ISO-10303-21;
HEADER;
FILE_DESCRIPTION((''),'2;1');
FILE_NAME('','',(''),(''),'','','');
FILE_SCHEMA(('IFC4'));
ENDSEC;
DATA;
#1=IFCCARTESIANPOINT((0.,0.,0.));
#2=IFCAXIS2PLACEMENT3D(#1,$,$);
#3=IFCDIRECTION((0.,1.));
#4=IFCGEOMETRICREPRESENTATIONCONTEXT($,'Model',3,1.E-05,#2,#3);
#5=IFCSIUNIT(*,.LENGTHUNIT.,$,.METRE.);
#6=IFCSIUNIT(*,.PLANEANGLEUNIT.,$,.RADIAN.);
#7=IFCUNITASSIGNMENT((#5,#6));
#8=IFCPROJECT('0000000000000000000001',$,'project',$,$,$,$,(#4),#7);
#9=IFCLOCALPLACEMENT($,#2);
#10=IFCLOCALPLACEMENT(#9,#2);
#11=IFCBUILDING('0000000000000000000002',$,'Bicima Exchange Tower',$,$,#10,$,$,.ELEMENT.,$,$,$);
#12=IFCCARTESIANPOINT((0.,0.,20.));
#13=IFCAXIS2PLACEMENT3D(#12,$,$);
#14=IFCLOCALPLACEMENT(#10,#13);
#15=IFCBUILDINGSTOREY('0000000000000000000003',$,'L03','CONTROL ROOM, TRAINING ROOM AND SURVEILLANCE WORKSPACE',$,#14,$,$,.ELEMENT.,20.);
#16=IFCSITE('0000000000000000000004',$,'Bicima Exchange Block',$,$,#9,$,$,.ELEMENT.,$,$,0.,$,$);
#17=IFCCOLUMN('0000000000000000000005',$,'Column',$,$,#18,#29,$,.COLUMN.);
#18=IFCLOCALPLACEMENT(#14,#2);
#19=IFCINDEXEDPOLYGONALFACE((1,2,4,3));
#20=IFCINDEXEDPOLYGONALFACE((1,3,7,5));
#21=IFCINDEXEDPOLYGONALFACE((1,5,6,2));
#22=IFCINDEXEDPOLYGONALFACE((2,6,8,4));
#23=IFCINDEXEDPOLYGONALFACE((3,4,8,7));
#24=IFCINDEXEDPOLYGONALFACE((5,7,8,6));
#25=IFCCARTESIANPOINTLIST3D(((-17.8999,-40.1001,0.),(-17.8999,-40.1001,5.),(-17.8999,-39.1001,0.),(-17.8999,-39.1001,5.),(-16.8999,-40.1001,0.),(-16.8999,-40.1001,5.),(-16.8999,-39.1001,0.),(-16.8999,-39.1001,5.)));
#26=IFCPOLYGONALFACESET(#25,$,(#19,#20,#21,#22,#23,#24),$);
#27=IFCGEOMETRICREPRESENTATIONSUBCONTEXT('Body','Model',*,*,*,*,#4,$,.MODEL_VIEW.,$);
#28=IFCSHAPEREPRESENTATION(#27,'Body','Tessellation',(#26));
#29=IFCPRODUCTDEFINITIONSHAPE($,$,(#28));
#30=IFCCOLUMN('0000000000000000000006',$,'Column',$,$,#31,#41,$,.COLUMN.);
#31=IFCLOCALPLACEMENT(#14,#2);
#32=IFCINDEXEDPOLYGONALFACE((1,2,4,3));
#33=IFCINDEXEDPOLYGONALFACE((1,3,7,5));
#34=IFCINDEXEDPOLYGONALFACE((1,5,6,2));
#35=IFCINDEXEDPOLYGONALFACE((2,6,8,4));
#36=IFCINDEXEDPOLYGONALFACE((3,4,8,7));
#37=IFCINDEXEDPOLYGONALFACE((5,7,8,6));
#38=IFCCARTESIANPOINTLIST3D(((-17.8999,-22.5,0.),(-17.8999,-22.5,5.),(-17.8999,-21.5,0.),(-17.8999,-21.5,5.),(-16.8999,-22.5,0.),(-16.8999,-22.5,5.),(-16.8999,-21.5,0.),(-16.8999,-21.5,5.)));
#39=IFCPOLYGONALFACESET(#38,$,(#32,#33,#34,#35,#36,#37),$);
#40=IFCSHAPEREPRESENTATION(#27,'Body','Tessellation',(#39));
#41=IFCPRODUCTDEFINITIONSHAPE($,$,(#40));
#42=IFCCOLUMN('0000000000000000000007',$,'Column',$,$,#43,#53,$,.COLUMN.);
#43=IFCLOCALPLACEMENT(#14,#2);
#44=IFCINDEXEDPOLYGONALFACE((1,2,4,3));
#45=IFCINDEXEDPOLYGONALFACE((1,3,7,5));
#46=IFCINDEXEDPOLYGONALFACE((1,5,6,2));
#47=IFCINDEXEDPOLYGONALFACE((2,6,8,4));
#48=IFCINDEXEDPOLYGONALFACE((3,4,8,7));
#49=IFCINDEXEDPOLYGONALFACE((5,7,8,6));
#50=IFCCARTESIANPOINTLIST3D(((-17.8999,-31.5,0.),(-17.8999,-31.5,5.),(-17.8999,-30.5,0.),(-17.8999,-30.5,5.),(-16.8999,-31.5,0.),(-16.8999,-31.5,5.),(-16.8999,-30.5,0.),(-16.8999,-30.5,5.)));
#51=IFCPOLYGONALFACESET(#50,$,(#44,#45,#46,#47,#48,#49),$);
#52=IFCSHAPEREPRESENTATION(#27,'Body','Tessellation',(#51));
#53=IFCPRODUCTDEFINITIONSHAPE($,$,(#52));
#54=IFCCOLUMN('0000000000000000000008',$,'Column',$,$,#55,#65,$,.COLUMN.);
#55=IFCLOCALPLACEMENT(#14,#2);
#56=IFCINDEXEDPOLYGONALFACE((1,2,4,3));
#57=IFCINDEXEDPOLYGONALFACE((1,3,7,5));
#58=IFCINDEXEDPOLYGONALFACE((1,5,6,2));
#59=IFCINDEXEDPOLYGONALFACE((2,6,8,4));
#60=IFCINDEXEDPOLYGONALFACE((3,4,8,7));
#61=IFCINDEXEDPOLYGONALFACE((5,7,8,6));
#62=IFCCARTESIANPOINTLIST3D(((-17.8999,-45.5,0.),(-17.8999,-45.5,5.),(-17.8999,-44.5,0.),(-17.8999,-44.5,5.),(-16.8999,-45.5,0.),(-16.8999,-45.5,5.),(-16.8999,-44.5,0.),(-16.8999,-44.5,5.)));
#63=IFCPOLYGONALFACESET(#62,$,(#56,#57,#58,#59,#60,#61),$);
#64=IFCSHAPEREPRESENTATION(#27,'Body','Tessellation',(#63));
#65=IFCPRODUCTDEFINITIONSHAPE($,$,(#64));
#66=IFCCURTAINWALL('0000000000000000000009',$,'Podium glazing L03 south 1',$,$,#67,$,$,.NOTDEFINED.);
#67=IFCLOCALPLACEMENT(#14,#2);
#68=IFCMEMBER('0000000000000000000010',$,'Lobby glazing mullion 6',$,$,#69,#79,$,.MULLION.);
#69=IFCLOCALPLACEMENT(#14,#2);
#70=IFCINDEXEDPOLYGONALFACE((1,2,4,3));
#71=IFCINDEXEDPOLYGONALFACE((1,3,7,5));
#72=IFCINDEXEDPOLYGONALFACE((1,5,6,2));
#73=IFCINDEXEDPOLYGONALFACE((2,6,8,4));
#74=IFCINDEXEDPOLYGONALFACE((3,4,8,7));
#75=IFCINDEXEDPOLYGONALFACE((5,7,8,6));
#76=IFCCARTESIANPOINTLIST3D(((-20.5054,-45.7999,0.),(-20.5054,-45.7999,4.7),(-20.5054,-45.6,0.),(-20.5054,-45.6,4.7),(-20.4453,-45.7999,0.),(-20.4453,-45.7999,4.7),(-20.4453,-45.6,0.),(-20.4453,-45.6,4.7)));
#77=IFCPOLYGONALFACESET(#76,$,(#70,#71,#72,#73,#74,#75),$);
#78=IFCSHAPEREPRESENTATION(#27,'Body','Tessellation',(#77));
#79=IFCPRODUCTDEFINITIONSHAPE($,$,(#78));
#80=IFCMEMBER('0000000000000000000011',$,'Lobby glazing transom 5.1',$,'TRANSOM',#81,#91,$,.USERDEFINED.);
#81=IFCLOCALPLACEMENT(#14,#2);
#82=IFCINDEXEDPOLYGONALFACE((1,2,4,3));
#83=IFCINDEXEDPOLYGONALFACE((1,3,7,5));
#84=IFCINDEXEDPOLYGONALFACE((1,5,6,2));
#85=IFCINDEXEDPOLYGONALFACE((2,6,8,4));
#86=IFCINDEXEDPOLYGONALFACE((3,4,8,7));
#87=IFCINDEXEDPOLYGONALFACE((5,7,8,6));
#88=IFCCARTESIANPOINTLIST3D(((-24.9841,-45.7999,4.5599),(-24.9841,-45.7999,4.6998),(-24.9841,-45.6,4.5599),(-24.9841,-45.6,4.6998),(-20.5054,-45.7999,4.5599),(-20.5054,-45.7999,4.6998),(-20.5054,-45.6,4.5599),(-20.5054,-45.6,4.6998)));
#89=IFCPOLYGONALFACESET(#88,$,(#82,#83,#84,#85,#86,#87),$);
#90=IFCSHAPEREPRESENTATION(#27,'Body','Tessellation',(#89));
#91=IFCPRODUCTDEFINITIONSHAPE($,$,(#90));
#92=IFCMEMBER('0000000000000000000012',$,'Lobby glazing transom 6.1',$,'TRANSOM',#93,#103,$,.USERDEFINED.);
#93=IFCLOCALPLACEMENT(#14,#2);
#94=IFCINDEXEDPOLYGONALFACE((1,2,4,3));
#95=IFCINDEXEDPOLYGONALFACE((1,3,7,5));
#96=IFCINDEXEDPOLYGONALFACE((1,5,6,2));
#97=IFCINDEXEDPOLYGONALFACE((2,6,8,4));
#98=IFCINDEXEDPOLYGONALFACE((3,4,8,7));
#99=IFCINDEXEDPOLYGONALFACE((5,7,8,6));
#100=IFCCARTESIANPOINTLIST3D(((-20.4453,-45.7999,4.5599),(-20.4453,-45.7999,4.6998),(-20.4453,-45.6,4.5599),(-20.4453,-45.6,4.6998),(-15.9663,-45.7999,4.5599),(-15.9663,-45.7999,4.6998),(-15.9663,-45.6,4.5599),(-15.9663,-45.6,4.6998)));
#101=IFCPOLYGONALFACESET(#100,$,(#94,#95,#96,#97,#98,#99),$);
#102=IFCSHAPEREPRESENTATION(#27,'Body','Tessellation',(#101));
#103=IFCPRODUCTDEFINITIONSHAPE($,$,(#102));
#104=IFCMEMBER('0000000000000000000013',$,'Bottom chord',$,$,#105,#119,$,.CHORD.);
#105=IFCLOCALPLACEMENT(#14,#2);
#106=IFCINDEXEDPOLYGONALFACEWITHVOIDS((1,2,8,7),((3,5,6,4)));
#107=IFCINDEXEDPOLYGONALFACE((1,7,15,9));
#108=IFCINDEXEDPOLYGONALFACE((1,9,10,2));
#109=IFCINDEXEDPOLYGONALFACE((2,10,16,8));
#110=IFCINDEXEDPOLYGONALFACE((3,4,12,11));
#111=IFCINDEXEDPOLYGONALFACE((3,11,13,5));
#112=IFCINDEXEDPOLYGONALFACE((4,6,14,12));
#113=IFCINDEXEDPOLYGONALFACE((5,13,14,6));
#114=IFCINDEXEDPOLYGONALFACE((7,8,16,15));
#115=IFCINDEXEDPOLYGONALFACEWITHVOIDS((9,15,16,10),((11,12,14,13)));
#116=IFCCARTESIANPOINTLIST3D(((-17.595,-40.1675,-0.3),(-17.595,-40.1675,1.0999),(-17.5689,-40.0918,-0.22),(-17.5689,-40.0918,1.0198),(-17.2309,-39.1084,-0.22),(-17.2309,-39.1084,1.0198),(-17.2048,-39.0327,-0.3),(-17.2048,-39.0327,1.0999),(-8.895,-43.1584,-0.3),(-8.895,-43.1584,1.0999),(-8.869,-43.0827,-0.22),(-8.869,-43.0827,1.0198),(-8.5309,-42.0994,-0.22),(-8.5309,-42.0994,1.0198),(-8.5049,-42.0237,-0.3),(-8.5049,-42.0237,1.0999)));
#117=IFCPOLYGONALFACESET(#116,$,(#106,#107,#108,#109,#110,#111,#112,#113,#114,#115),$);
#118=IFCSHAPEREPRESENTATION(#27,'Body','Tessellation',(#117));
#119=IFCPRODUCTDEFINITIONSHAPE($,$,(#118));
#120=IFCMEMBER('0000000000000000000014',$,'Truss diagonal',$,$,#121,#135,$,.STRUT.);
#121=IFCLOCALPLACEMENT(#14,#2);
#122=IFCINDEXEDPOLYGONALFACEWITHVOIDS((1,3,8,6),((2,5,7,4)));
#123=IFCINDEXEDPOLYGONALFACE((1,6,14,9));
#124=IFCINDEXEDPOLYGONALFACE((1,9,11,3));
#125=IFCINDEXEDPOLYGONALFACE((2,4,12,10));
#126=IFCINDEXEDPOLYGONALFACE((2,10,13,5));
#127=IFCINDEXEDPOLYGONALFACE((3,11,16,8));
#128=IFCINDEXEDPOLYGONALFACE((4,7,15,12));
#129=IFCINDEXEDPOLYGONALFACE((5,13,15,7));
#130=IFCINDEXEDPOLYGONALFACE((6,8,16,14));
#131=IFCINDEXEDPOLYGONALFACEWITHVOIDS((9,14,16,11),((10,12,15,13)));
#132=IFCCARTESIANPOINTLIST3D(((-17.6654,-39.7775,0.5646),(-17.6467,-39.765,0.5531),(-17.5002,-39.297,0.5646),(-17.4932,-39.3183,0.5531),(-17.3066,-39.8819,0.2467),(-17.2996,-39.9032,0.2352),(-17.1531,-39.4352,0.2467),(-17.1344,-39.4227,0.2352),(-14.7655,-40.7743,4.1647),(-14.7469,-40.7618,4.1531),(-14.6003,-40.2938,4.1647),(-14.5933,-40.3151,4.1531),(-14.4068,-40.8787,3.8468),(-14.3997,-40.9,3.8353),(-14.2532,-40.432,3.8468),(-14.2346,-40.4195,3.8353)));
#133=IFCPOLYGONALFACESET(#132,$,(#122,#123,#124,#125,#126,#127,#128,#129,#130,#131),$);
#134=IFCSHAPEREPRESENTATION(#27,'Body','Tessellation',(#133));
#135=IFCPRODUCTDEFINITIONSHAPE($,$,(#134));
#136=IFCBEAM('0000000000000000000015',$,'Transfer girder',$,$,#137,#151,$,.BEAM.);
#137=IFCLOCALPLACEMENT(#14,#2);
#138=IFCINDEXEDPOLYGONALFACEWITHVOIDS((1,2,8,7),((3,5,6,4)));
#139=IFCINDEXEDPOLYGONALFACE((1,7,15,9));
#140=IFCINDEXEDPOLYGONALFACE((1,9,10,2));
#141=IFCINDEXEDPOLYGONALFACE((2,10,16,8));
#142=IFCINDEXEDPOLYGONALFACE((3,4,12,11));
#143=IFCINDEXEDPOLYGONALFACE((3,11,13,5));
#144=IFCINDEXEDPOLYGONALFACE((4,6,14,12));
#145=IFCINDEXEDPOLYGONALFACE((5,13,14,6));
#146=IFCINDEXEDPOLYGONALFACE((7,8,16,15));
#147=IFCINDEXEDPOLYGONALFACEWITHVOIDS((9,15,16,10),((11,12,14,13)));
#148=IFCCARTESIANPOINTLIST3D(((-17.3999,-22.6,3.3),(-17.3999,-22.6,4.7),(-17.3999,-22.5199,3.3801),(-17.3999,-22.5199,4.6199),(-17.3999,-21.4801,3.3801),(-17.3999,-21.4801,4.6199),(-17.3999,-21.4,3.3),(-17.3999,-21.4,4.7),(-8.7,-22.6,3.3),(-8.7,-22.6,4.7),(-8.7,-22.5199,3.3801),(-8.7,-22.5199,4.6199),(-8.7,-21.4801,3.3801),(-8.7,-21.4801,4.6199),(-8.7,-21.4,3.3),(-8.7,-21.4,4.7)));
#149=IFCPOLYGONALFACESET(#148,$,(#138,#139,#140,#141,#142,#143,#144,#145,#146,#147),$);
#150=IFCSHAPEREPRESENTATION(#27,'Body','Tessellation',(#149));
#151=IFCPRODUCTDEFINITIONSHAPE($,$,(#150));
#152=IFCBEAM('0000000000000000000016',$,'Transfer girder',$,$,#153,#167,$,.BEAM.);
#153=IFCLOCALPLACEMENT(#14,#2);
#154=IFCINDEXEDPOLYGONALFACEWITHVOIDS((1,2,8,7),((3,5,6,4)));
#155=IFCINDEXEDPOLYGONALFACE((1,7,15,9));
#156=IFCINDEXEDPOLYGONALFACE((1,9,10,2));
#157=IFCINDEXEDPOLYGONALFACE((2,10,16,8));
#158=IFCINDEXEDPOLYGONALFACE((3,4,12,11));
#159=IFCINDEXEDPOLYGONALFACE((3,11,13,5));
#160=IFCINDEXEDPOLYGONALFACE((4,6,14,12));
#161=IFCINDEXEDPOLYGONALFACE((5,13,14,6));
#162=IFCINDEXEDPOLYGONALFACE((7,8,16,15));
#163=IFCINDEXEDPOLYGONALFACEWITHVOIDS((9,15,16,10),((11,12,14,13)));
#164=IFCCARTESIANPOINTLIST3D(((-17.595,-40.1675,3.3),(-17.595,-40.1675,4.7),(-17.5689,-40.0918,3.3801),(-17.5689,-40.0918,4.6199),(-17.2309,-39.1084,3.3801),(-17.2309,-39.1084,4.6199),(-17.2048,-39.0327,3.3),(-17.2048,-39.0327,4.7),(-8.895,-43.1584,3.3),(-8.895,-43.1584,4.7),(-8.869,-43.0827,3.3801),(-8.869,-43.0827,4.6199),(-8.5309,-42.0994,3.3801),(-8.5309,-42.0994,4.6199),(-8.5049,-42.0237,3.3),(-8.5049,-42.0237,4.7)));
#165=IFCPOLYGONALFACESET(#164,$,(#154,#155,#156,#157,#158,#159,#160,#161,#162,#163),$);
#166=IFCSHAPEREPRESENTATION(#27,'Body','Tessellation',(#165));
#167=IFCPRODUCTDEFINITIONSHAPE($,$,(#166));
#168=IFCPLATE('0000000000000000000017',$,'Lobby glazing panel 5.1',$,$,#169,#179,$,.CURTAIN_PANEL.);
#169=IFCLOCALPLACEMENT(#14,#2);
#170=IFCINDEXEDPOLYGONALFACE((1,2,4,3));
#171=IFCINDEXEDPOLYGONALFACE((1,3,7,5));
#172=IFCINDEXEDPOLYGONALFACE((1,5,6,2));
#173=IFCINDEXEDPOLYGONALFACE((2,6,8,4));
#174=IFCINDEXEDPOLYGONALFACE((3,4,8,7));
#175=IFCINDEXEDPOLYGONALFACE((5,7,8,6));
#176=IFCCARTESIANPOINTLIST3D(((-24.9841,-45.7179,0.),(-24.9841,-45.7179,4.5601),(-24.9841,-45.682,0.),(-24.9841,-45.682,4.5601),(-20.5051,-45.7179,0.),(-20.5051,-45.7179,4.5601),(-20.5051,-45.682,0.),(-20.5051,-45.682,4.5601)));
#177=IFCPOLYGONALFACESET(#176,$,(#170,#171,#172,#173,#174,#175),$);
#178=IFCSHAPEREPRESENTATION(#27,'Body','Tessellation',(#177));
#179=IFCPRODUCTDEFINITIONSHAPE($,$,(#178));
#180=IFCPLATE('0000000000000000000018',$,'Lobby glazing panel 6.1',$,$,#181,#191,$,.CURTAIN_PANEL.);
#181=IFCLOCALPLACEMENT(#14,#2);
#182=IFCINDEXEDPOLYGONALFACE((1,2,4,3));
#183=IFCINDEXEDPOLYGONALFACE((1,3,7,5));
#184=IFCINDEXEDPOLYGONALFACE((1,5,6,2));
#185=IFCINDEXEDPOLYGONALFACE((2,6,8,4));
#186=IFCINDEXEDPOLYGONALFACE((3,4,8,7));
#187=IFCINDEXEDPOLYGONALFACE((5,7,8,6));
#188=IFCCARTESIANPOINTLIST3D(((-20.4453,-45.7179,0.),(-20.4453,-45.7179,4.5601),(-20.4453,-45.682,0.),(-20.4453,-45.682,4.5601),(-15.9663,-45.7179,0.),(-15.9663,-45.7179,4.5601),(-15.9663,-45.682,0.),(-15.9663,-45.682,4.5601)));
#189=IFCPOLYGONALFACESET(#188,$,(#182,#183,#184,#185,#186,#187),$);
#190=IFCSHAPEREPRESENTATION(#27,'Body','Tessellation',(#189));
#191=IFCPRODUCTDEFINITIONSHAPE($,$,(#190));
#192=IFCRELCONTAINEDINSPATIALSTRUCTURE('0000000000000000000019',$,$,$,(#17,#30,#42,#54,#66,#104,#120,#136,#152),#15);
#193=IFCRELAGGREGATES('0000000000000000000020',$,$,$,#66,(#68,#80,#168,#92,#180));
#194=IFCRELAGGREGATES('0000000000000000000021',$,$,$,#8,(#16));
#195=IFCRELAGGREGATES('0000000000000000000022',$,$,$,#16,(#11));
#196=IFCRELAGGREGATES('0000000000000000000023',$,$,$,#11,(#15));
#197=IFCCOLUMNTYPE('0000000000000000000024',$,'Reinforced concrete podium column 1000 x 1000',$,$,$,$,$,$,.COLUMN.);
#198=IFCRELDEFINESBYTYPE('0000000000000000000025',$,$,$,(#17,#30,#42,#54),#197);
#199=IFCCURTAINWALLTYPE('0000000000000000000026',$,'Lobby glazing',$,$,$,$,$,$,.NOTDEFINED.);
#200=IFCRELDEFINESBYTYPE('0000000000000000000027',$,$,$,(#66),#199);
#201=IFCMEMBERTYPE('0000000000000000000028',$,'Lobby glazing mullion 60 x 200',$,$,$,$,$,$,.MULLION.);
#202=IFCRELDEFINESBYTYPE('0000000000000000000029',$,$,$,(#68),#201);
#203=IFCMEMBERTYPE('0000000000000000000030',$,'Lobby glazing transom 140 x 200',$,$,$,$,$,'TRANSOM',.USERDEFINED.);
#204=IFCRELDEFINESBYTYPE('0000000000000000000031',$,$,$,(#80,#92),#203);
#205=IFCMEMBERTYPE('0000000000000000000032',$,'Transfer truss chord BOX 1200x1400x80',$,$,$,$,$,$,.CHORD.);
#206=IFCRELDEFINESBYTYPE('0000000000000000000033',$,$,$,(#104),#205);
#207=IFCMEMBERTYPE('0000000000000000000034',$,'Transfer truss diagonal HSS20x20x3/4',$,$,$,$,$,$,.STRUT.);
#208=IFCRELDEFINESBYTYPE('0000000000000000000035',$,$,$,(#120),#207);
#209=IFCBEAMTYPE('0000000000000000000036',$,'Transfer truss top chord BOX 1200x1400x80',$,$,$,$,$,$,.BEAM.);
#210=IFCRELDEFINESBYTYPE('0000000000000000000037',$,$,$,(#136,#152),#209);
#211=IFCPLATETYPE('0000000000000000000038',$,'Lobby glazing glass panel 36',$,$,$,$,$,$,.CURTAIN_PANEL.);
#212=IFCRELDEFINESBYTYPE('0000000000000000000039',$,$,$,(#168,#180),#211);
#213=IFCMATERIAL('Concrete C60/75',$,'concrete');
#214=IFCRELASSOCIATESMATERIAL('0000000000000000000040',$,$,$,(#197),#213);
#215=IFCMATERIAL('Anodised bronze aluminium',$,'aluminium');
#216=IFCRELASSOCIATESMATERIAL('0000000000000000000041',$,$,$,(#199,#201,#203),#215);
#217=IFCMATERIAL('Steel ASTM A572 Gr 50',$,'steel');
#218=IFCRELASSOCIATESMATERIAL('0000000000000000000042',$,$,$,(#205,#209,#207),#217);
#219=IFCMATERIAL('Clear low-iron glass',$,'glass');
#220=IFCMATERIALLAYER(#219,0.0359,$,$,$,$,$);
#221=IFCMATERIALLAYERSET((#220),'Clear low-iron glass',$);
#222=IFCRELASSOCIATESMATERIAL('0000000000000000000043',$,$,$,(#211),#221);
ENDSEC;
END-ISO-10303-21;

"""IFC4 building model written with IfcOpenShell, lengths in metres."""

from ifc_helpers import new_model, si_unit, direction, frame, origin, origin_2d, place, context, subcontext, project, spatial, rectangle, hollow_rectangle, extrude, material, layer, layer_set, material_profile, profile_set, type_object, element, aggregate, save


model = new_model("IFC4")

# Units and contexts
model_context = context("Model", 3, precision=1e-05, world=origin(), true_north=direction((0.0, 1.0)))
body_context = subcontext(model_context, "Body", "Model", "MODEL_VIEW")
ifc_project = project(units=[si_unit("LENGTHUNIT", "METRE"), si_unit("PLANEANGLEUNIT", "RADIAN")], contexts=[model_context])

# Site, building, storey
site_placement = place(None, origin())
site = spatial("IfcSite", under=ifc_project, at=site_placement, Name="Bicima Exchange Block", CompositionType="ELEMENT", RefElevation=0.0)
building_placement = place(site_placement, origin())
building = spatial("IfcBuilding", under=site, at=building_placement, Name="Bicima Exchange Tower", CompositionType="ELEMENT")
storey_placement = place(building_placement, frame((0.0, 0.0, 20.0)))
storey = spatial("IfcBuildingStorey", under=building, at=storey_placement, Name="L03", Description="CONTROL ROOM, TRAINING ROOM AND SURVEILLANCE WORKSPACE", CompositionType="ELEMENT", Elevation=20.0)

# Columns
ifc_material_1 = material(Name="Concrete C60/75", Category="concrete")
ifc_material_profile_1 = material_profile(ifc_material_1, rectangle(XDim=1.0, YDim=1.0, at=origin_2d()))
ifc_profile_set_1 = profile_set([ifc_material_profile_1], Name="Concrete C60/75")
column_type = type_object("IfcColumnType", Name="Reinforced concrete podium column 1000 x 1000", PredefinedType="COLUMN", material=ifc_profile_set_1)
for number, where, z_axis, x_axis, name in (
    (1, (-17.3999, -39.6001, 0.0), (0.0, 0.0, 1.0), (1.0, 0.0, 0.0), "Column"),
    (2, (-17.3999, -22.0, 0.0), (0.0, 0.0, 1.0), (1.0, 0.0, 0.0), "Column"),
    (3, (-17.3999, -31.0, 0.0), (0.0, 0.0, 1.0), (1.0, 0.0, 0.0), "Column"),
    (4, (-17.3999, -45.0, 0.0), (0.0, 0.0, 1.0), (1.0, 0.0, 0.0), "Column"),
):
    element("IfcColumn", number, at=place(storey_placement, frame(where, z_axis=z_axis, x_axis=x_axis)), inside=storey, type_object=column_type, Name=name, PredefinedType="COLUMN", context=body_context, shape_type="SweptSolid", body=[
        extrude(rectangle(XDim=1.0, YDim=1.0, at=origin_2d()), origin(), (0.0, 0.0, 1.0), 5.0),
    ])

# Curtain wall, members
ifc_material_2 = material(Name="Anodised bronze aluminium", Category="aluminium")
curtain_wall_type = type_object("IfcCurtainWallType", Name="Lobby glazing", PredefinedType="NOTDEFINED", material=ifc_material_2)
curtain_wall_placement = place(storey_placement, origin())
curtain_wall = element("IfcCurtainWall", 5, at=curtain_wall_placement, inside=storey, type_object=curtain_wall_type, Name="Podium glazing L03 south 1", PredefinedType="NOTDEFINED")
ifc_material_profile_2 = material_profile(ifc_material_2, rectangle(XDim=0.2, YDim=0.0601, at=origin_2d()))
ifc_profile_set_2 = profile_set([ifc_material_profile_2], Name="Anodised bronze aluminium")
member_type_1 = type_object("IfcMemberType", Name="Lobby glazing mullion 60 x 200", PredefinedType="MULLION", material=ifc_profile_set_2)
member_1_placement = place(storey_placement, frame((-20.4753, -45.7, 0.0), z_axis=(0.0, 0.0, 1.0), x_axis=(0.0, 1.0, 0.0)))
member_1 = element("IfcMember", 6, at=member_1_placement, type_object=member_type_1, Name="Lobby glazing mullion 6", PredefinedType="MULLION", context=body_context, shape_type="SweptSolid", body=[
    extrude(rectangle(XDim=0.2, YDim=0.0601, at=origin_2d()), origin(), (0.0, 0.0, 1.0), 4.7),
])
ifc_material_profile_3 = material_profile(ifc_material_2, rectangle(XDim=0.2, YDim=0.1399, at=origin_2d()))
ifc_profile_set_3 = profile_set([ifc_material_profile_3], Name="Anodised bronze aluminium")
member_type_2 = type_object("IfcMemberType", Name="Lobby glazing transom 140 x 200", ElementType="TRANSOM", PredefinedType="USERDEFINED", material=ifc_profile_set_3)
member_2_placement = place(storey_placement, frame((-24.9841, -45.7, 4.6299), z_axis=(1.0, 0.0, 0.0), x_axis=(0.0, 1.0, 0.0)))
member_2 = element("IfcMember", 7, at=member_2_placement, type_object=member_type_2, Name="Lobby glazing transom 5.1", ObjectType="TRANSOM", PredefinedType="USERDEFINED", context=body_context, shape_type="SweptSolid", body=[
    extrude(rectangle(XDim=0.2, YDim=0.1399, at=origin_2d()), origin(), (0.0, 0.0, 1.0), 4.4788),
])
member_3_placement = place(storey_placement, frame((-20.4453, -45.7, 4.6299), z_axis=(1.0, 0.0, 0.0), x_axis=(0.0, 1.0, 0.0)))
member_3 = element("IfcMember", 8, at=member_3_placement, type_object=member_type_2, Name="Lobby glazing transom 6.1", ObjectType="TRANSOM", PredefinedType="USERDEFINED", context=body_context, shape_type="SweptSolid", body=[
    extrude(rectangle(XDim=0.2, YDim=0.1399, at=origin_2d()), origin(), (0.0, 0.0, 1.0), 4.479),
])

# Members
ifc_material_3 = material(Name="Steel ASTM A572 Gr 50", Category="steel")
ifc_material_profile_4 = material_profile(ifc_material_3, hollow_rectangle(XDim=1.2, YDim=1.3999, WallThickness=0.0801, at=origin_2d()))
ifc_profile_set_4 = profile_set([ifc_material_profile_4], Name="Steel ASTM A572 Gr 50")
member_type_3 = type_object("IfcMemberType", Name="Transfer truss chord BOX 1200x1400x80", PredefinedType="CHORD", material=ifc_profile_set_4)
member_4_placement = place(storey_placement, frame((-17.3999, -39.6001, 0.3999), z_axis=(0.945675, -0.325115, 0.0), x_axis=(0.325115, 0.945675, 0.0)))
element("IfcMember", 9, at=member_4_placement, inside=storey, type_object=member_type_3, Name="Bottom chord", PredefinedType="CHORD", context=body_context, shape_type="SweptSolid", body=[
    extrude(hollow_rectangle(XDim=1.2, YDim=1.3999, WallThickness=0.0801, at=origin_2d()), origin(), (0.0, 0.0, 1.0), 9.1997),
])
ifc_material_profile_5 = material_profile(ifc_material_3, hollow_rectangle(XDim=0.5081, YDim=0.5081, WallThickness=0.0178, at=origin_2d()))
ifc_profile_set_5 = profile_set([ifc_material_profile_5], Name="Steel ASTM A572 Gr 50")
member_type_4 = type_object("IfcMemberType", Name="Transfer truss diagonal HSS20x20x3/4", PredefinedType="STRUT", material=ifc_profile_set_5)
member_5_placement = place(storey_placement, frame((-17.3999, -39.6001, 0.3999), z_axis=(0.613212, -0.210788, 0.761275), x_axis=(0.325075, 0.945688, 0.0)))
element("IfcMember", 10, at=member_5_placement, inside=storey, type_object=member_type_4, Name="Truss diagonal", PredefinedType="STRUT", context=body_context, shape_type="SweptSolid", body=[
    extrude(hollow_rectangle(XDim=0.5081, YDim=0.5081, WallThickness=0.0178, at=origin_2d()), origin(), (0.0, 0.0, 1.0), 4.729),
])

# Beams
beam_type = type_object("IfcBeamType", Name="Transfer truss top chord BOX 1200x1400x80", PredefinedType="BEAM", material=ifc_profile_set_4)
beam_1_placement = place(storey_placement, frame((-17.3999, -22.0, 4.0), z_axis=(1.0, 0.0, 0.0), x_axis=(0.0, 1.0, 0.0)))
element("IfcBeam", 11, at=beam_1_placement, inside=storey, type_object=beam_type, Name="Transfer girder", PredefinedType="BEAM", context=body_context, shape_type="SweptSolid", body=[
    extrude(hollow_rectangle(XDim=1.2, YDim=1.3999, WallThickness=0.0801, at=origin_2d()), origin(), (0.0, 0.0, 1.0), 8.7),
])
beam_2_placement = place(storey_placement, frame((-17.3999, -39.6001, 4.0), z_axis=(0.945675, -0.325115, 0.0), x_axis=(0.325115, 0.945675, 0.0)))
element("IfcBeam", 12, at=beam_2_placement, inside=storey, type_object=beam_type, Name="Transfer girder", PredefinedType="BEAM", context=body_context, shape_type="SweptSolid", body=[
    extrude(hollow_rectangle(XDim=1.2, YDim=1.3999, WallThickness=0.0801, at=origin_2d()), origin(), (0.0, 0.0, 1.0), 9.1997),
])

# Plates
ifc_material_4 = material(Name="Clear low-iron glass", Category="glass")
ifc_layer_1 = layer(ifc_material_4, 0.0359)
ifc_layer_set_1 = layer_set([ifc_layer_1], Name="Clear low-iron glass")
plate_type = type_object("IfcPlateType", Name="Lobby glazing glass panel 36", PredefinedType="CURTAIN_PANEL", material=ifc_layer_set_1)
plate_1_placement = place(storey_placement, frame((-22.7446, -45.7, 0.0), z_axis=(0.0, 0.0, 1.0), x_axis=(1.0, 0.0, 0.0)))
plate_1 = element("IfcPlate", 13, at=plate_1_placement, type_object=plate_type, Name="Lobby glazing panel 5.1", PredefinedType="CURTAIN_PANEL", context=body_context, shape_type="SweptSolid", body=[
    extrude(rectangle(XDim=4.479, YDim=0.0359, at=origin_2d()), origin(), (0.0, 0.0, 1.0), 4.5601),
])
plate_2_placement = place(storey_placement, frame((-18.2058, -45.7, 0.0), z_axis=(0.0, 0.0, 1.0), x_axis=(1.0, 0.0, 0.0)))
plate_2 = element("IfcPlate", 14, at=plate_2_placement, type_object=plate_type, Name="Lobby glazing panel 6.1", PredefinedType="CURTAIN_PANEL", context=body_context, shape_type="SweptSolid", body=[
    extrude(rectangle(XDim=4.479, YDim=0.0359, at=origin_2d()), origin(), (0.0, 0.0, 1.0), 4.5601),
])
aggregate(curtain_wall, [member_1, member_2, plate_1, member_3, plate_2])

save(model, "model.ifc")
